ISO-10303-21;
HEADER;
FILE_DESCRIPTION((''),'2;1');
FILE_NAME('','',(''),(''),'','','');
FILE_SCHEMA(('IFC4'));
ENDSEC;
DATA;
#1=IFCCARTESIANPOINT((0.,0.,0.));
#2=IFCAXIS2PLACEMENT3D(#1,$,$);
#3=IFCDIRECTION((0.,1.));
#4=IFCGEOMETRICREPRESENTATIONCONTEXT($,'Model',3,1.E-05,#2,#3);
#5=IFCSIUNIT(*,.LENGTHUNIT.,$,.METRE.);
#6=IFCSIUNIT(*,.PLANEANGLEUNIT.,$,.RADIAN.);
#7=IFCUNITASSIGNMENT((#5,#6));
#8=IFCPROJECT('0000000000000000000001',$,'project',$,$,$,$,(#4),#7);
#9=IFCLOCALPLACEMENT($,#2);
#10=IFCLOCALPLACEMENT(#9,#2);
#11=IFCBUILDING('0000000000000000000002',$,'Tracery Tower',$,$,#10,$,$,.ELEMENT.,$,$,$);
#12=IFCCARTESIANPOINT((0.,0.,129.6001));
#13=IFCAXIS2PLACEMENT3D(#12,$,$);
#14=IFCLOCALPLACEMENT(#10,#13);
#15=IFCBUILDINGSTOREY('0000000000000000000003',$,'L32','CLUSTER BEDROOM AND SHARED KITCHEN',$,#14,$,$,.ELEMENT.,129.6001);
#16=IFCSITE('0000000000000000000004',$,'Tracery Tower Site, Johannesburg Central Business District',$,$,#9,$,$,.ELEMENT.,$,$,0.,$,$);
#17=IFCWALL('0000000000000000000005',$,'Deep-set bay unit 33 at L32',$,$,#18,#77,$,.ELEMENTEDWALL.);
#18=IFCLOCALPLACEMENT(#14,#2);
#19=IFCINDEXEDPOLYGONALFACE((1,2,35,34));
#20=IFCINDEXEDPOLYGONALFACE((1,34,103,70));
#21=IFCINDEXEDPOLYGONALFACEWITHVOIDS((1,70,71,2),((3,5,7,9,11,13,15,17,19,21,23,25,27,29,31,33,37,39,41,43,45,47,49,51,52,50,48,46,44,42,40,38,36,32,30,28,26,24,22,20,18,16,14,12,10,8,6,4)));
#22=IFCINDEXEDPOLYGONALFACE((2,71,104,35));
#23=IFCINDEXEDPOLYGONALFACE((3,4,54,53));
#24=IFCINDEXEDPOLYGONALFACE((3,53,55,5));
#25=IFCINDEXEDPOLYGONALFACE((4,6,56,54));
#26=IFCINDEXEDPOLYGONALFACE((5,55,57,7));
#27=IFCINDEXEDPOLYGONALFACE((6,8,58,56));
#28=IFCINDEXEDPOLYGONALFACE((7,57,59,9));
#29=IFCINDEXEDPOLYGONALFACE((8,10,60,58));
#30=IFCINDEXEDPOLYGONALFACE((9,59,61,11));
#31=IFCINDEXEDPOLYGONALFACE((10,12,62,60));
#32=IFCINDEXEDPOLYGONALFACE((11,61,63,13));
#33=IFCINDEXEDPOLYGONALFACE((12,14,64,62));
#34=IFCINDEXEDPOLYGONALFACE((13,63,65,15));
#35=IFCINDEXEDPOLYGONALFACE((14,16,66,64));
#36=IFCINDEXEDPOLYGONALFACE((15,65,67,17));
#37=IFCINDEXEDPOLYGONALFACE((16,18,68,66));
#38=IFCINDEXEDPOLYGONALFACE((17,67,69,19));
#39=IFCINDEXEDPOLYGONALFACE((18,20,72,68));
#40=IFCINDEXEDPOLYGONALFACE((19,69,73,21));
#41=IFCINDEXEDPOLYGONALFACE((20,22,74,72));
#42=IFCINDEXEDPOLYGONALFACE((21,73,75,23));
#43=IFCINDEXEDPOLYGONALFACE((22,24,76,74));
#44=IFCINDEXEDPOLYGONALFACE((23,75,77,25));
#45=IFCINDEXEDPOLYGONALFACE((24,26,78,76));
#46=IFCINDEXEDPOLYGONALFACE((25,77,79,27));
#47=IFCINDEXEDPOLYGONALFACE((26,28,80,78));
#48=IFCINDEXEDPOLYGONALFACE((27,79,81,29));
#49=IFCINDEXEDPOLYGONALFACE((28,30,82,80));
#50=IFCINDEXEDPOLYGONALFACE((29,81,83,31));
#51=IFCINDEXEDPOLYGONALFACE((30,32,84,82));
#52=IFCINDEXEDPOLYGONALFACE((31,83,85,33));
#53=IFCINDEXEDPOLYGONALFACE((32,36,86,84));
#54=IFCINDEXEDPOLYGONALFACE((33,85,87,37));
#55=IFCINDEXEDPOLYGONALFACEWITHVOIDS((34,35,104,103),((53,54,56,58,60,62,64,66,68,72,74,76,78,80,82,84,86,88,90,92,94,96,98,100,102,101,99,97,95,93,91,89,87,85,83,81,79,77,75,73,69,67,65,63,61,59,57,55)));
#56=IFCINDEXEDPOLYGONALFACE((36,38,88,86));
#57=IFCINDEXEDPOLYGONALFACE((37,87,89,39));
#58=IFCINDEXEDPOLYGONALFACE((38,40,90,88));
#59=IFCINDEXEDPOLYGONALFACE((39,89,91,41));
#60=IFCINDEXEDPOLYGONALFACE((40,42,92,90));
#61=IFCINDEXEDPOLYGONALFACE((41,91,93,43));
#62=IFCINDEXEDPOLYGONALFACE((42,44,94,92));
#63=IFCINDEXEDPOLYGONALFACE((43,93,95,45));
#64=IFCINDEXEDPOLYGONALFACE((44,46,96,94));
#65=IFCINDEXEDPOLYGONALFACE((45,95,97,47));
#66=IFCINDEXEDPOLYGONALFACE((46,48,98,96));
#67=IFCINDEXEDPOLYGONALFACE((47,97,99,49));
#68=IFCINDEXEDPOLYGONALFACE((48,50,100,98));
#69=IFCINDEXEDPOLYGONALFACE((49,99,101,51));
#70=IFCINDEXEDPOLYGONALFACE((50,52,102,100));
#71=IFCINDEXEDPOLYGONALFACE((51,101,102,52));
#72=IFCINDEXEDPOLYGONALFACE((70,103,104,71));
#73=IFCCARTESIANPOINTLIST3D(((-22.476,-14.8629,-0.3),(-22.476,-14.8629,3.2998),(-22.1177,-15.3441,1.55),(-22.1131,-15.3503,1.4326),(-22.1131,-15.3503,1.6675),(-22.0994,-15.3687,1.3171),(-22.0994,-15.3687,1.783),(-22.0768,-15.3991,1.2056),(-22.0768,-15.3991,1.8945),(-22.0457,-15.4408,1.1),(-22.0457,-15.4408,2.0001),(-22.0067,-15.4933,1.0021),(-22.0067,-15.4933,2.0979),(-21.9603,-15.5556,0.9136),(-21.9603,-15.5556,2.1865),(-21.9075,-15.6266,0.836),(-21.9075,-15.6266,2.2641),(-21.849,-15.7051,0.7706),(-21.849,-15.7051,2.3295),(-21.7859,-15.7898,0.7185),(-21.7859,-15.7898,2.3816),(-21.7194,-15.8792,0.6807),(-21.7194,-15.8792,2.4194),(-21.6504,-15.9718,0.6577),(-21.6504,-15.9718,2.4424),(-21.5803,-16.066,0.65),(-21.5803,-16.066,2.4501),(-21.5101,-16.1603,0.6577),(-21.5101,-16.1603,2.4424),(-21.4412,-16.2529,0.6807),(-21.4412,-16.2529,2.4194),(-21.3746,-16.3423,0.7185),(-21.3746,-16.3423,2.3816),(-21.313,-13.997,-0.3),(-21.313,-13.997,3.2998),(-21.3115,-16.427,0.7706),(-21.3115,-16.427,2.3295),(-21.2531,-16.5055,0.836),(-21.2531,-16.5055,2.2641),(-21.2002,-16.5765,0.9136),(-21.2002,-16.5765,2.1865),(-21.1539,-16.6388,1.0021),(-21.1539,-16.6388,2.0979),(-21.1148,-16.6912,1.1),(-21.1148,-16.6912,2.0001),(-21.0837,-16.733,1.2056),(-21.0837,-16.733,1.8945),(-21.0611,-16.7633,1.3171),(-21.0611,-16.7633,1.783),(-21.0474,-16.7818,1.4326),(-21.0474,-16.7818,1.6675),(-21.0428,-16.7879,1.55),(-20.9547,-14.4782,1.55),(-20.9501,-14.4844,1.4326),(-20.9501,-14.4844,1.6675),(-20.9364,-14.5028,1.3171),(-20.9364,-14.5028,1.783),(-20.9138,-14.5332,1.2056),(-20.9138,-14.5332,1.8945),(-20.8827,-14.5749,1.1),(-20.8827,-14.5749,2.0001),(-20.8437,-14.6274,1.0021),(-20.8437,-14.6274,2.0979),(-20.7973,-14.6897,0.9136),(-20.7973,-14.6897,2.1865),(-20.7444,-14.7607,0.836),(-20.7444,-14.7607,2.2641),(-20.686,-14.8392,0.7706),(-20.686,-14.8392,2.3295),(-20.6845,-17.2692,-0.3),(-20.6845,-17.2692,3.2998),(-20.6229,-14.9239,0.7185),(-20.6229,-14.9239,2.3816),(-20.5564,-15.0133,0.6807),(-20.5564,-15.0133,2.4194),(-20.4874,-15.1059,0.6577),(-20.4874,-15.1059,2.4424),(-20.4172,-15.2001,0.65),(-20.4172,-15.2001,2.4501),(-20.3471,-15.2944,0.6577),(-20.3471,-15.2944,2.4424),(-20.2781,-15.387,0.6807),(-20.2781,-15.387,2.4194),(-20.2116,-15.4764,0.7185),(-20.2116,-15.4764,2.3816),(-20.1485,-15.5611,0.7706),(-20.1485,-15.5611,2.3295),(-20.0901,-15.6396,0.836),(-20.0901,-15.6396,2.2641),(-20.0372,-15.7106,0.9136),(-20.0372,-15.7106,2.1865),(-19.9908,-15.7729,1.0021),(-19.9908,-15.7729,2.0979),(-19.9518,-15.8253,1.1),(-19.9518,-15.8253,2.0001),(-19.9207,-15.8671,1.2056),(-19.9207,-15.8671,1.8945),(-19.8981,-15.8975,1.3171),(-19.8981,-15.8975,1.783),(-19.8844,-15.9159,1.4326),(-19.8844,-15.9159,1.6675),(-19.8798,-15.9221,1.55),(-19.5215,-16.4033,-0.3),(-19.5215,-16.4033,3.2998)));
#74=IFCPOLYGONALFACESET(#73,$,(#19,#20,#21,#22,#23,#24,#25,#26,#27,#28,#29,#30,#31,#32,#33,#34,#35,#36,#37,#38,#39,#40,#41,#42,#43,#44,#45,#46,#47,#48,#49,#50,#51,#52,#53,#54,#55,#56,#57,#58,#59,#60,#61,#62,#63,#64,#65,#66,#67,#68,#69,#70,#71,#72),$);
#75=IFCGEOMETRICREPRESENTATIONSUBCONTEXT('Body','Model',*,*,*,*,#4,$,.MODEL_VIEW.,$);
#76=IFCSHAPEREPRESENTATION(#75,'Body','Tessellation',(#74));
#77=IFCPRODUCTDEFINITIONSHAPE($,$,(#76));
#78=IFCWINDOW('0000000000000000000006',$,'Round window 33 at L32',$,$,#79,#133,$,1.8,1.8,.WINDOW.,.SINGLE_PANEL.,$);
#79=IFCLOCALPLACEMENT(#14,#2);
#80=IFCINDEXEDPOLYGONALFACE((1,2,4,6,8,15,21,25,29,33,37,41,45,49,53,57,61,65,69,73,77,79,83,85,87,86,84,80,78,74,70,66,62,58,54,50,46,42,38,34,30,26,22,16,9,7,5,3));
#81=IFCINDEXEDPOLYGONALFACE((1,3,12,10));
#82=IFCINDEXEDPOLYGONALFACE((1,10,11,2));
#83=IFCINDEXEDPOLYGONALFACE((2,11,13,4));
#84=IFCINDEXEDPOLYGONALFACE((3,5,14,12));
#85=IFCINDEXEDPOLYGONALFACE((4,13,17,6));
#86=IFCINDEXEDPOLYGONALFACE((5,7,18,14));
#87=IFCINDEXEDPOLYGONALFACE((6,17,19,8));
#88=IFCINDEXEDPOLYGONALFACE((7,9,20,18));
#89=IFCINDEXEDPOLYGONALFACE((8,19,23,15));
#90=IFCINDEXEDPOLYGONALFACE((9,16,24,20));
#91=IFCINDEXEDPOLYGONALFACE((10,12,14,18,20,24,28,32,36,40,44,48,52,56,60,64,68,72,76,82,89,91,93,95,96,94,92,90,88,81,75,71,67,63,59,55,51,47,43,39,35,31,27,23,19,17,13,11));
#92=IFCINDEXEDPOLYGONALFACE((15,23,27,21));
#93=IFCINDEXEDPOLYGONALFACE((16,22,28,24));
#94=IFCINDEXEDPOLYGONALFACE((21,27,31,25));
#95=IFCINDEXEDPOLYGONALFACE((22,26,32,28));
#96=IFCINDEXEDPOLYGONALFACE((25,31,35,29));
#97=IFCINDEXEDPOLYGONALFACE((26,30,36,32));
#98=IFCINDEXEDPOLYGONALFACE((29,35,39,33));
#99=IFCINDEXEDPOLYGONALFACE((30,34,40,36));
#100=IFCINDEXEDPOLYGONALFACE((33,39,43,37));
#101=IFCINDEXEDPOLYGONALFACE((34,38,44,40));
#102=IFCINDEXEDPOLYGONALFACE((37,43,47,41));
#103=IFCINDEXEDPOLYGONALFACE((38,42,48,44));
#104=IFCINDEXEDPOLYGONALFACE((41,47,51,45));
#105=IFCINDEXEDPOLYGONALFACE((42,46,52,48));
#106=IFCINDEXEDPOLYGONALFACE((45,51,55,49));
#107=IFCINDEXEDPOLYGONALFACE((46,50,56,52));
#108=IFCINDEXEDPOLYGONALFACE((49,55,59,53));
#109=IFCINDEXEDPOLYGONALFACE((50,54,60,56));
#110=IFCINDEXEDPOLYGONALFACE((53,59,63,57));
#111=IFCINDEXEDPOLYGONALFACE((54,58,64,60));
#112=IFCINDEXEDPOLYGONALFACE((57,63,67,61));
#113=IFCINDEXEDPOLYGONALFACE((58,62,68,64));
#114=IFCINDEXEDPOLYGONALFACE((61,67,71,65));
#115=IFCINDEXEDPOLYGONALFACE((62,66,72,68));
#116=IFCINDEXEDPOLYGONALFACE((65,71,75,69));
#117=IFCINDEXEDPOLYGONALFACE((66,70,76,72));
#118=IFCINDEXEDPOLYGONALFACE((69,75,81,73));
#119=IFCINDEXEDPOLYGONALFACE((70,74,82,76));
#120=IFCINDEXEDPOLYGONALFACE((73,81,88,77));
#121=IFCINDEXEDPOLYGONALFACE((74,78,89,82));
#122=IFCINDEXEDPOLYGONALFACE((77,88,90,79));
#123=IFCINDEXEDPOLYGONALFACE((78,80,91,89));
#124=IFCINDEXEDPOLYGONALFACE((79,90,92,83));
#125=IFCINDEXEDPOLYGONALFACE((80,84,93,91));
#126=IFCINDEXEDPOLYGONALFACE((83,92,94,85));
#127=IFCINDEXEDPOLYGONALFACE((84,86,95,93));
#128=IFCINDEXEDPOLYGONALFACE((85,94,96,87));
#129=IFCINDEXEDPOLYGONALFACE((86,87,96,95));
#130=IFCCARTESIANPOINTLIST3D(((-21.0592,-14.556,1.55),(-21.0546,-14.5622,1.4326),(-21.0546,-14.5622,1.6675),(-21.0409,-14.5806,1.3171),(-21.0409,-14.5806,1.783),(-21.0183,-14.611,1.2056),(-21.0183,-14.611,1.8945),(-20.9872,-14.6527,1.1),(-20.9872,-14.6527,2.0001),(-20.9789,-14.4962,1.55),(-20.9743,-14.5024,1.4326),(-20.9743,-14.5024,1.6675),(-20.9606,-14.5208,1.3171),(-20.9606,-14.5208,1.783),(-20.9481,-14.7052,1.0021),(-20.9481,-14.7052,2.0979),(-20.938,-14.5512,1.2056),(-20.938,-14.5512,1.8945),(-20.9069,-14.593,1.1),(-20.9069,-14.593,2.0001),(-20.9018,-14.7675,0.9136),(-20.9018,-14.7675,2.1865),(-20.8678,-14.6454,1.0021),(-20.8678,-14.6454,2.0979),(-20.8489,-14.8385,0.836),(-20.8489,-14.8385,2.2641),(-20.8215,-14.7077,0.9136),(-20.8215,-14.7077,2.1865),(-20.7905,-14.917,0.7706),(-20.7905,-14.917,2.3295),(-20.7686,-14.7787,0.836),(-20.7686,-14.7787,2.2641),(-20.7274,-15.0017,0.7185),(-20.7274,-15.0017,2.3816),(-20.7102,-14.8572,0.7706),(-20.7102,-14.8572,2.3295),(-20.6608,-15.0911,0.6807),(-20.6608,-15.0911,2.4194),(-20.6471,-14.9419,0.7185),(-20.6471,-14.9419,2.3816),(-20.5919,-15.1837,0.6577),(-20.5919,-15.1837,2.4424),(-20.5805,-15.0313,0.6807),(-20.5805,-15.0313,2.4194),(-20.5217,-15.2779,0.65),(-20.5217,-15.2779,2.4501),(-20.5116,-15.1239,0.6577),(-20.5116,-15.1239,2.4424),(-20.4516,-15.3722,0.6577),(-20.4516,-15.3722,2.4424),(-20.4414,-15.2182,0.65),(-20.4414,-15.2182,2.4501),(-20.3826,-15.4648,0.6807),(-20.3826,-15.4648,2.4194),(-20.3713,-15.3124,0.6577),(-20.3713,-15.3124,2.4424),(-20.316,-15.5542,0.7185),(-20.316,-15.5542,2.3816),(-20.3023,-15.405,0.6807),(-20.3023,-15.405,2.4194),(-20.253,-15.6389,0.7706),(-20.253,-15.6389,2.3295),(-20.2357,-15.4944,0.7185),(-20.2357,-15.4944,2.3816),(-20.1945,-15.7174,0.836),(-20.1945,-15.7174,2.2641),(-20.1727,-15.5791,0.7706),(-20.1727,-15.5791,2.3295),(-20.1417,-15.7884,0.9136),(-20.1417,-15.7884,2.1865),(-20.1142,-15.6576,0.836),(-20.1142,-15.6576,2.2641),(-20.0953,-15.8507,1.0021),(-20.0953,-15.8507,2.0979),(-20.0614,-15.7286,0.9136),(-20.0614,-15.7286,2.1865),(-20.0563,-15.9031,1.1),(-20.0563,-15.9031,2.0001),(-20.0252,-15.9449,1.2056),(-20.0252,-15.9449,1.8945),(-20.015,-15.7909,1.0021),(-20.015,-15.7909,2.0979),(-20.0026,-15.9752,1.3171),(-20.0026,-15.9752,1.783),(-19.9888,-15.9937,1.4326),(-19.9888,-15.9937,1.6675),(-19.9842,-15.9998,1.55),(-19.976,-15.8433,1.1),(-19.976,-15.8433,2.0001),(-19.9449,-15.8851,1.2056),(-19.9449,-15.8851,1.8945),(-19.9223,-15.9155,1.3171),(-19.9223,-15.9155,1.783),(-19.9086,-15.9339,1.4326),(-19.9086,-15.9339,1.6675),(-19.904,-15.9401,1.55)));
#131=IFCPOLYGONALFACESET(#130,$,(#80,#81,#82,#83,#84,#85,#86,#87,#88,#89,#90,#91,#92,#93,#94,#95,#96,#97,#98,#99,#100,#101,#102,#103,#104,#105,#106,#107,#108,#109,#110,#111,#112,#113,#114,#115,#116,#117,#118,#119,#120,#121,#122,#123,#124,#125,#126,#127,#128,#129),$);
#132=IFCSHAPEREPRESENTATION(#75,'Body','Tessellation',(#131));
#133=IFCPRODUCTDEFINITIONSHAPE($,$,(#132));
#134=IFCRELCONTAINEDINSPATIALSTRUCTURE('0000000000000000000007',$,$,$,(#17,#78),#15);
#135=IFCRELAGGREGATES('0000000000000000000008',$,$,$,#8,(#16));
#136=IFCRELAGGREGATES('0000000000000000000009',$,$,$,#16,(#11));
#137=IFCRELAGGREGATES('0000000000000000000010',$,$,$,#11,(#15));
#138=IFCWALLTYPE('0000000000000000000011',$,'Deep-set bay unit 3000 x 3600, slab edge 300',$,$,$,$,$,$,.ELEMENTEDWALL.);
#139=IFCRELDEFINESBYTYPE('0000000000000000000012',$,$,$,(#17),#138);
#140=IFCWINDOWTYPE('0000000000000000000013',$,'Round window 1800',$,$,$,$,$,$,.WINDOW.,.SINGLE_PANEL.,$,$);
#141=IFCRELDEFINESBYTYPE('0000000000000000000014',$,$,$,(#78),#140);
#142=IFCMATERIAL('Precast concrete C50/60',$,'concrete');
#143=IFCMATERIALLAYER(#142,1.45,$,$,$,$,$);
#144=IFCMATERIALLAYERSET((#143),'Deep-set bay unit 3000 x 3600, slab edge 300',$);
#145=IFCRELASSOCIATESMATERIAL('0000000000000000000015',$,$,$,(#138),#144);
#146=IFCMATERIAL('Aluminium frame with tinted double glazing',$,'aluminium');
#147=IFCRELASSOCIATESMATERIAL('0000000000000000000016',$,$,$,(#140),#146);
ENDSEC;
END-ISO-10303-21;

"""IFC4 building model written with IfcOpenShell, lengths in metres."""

from ifc_helpers import new_model, si_unit, direction, frame, frame_2d, origin, origin_2d, place, context, subcontext, project, spatial, rectangle, circle, extrude, material, layer, layer_set, type_object, element, fill, save


model = new_model("IFC4")

# Units and contexts
model_context = context("Model", 3, precision=1e-05, world=origin(), true_north=direction((0.0, 1.0)))
body_context = subcontext(model_context, "Body", "Model", "MODEL_VIEW")
ifc_project = project(units=[si_unit("LENGTHUNIT", "METRE"), si_unit("PLANEANGLEUNIT", "RADIAN")], contexts=[model_context])

# Site, building, storey
site_placement = place(None, origin())
site = spatial("IfcSite", under=ifc_project, at=site_placement, Name="Tracery Tower Site, Johannesburg Central Business District", CompositionType="ELEMENT", RefElevation=0.0)
building_placement = place(site_placement, origin())
building = spatial("IfcBuilding", under=site, at=building_placement, Name="Tracery Tower", CompositionType="ELEMENT")
storey_placement = place(building_placement, frame((0.0, 0.0, 129.6001)))
storey = spatial("IfcBuildingStorey", under=building, at=storey_placement, Name="L32", Description="CLUSTER BEDROOM AND SHARED KITCHEN", CompositionType="ELEMENT", Elevation=129.6001)

# Wall, opening, window
ifc_material_1 = material(Name="Precast concrete C50/60", Category="concrete")
ifc_layer_1 = layer(ifc_material_1, 1.45)
ifc_layer_set_1 = layer_set([ifc_layer_1], Name="Deep-set bay unit 3000 x 3600, slab edge 300")
wall_type_1 = type_object("IfcWallType", Name="Deep-set bay unit 3000 x 3600, slab edge 300", PredefinedType="ELEMENTEDWALL", material=ifc_layer_set_1)
wall_1_placement = place(storey_placement, frame((-21.8945, -14.4299, -0.3), z_axis=(0.0, 0.0, 1.0), x_axis=(0.597184, -0.802104, 0.0)))
wall_1 = element("IfcWall", 1, at=wall_1_placement, inside=storey, type_object=wall_type_1, Name="Deep-set bay unit 33 at L32", PredefinedType="ELEMENTEDWALL", context=body_context, shape_type="SweptSolid", body=[
    extrude(rectangle(XDim=3.0, YDim=1.45, at=frame_2d((1.5, 0.0))), origin(), (0.0, 0.0, 1.0), 3.5999),
])
opening_1_placement = place(wall_1_placement, frame((1.5, 0.0, 1.8501)))
opening_1 = element("IfcOpeningElement", 2, at=opening_1_placement, cuts=wall_1, PredefinedType="OPENING", context=body_context, shape_type="SweptSolid", body=[
    extrude(circle(Radius=0.9, at=origin_2d()), frame((0.0, 0.7349, 0.0), z_axis=(0.0, -1.0, 0.0), x_axis=(1.0, 0.0, 0.0)), (0.0, 0.0, 1.0), 1.47),
])
ifc_material_2 = material(Name="Aluminium frame with tinted double glazing", Category="aluminium")
window_type = type_object("IfcWindowType", Name="Round window 1800", PartitioningType="SINGLE_PANEL", PredefinedType="WINDOW", material=ifc_material_2)
window_1_placement = place(opening_1_placement, origin())
window_1 = element("IfcWindow", 3, at=window_1_placement, inside=storey, type_object=window_type, Name="Round window 33 at L32", OverallHeight=1.8, OverallWidth=1.8, PartitioningType="SINGLE_PANEL", PredefinedType="WINDOW", context=body_context, shape_type="SweptSolid", body=[
    extrude(circle(Radius=0.9, at=origin_2d()), frame((0.0, 0.6948, 0.0), z_axis=(0.0, -1.0, 0.0), x_axis=(1.0, 0.0, 0.0)), (0.0, 0.0, 1.0), 0.1001),
])
fill(opening_1, window_1)

save(model, "model.ifc")
